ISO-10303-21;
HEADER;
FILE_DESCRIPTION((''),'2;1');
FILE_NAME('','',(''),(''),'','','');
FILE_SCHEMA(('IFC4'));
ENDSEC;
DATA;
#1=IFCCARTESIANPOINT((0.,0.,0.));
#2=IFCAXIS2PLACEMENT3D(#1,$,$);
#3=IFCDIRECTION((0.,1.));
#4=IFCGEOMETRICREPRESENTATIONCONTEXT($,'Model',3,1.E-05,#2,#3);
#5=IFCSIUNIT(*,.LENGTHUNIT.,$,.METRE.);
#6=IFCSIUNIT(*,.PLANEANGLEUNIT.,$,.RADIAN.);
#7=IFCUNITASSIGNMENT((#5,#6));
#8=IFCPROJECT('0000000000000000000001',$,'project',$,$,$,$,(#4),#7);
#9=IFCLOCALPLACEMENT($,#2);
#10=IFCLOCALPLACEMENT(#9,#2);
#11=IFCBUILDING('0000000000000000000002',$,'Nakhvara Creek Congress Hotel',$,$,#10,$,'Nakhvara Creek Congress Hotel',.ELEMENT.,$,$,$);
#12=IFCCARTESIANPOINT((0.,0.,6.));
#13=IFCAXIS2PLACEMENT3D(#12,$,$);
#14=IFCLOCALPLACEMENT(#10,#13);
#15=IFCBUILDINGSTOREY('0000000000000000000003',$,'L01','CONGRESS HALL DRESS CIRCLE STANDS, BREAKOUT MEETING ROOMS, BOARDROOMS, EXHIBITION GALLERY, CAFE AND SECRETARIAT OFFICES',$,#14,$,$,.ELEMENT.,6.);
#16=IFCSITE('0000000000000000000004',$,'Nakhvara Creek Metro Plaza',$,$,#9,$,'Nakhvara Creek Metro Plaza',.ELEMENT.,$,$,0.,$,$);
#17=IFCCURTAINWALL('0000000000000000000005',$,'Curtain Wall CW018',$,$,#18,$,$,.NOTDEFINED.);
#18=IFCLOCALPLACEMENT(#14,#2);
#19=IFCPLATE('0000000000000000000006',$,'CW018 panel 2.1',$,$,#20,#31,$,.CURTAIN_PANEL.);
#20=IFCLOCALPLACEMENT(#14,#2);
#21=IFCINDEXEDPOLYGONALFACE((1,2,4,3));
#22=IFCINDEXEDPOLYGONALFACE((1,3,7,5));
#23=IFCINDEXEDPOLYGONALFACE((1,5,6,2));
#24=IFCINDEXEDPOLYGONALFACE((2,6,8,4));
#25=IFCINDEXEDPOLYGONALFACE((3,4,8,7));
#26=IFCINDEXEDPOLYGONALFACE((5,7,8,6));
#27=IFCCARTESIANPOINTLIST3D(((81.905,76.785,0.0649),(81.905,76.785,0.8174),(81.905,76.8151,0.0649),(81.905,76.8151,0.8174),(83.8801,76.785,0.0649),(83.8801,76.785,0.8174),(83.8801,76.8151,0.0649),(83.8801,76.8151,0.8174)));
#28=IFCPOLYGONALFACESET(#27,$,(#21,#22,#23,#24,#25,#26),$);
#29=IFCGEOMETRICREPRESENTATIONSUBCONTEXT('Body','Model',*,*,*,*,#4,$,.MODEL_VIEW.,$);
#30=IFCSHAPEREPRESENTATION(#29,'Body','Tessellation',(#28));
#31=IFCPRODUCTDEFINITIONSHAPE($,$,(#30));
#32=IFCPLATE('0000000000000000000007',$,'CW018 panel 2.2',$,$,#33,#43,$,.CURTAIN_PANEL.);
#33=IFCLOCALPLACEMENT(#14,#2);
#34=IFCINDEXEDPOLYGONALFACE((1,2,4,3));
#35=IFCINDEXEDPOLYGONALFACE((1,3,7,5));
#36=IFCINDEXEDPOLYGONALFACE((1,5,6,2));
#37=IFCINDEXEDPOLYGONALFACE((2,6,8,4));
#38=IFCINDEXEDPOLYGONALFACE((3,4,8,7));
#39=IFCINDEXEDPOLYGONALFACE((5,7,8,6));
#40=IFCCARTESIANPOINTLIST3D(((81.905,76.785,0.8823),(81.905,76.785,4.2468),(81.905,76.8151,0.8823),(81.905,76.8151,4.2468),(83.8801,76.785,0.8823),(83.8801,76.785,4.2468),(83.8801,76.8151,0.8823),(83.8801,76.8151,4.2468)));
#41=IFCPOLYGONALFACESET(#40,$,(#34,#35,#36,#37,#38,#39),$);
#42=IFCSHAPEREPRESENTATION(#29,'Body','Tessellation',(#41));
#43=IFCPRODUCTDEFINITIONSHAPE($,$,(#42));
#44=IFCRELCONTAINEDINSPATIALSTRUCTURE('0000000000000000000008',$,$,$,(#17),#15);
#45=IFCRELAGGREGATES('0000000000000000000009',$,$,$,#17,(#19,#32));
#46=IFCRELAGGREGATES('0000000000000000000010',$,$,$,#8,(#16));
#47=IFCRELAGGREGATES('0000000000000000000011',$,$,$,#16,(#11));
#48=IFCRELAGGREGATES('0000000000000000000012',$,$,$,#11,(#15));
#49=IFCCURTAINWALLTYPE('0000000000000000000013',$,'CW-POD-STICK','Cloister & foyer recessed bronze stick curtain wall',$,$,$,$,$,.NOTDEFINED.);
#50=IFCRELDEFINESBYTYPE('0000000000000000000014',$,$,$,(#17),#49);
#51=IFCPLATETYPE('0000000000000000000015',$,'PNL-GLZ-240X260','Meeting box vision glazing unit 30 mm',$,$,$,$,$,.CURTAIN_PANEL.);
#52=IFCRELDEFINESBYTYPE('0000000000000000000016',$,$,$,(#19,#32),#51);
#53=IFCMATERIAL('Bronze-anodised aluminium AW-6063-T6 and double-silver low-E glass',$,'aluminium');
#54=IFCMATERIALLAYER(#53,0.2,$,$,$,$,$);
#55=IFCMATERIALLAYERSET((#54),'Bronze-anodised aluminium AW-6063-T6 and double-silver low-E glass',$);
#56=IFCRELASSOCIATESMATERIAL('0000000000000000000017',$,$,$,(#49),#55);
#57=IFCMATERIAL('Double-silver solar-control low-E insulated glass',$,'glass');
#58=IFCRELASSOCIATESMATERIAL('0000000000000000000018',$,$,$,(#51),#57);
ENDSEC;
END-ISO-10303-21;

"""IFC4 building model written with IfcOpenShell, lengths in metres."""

from ifc_helpers import new_model, si_unit, direction, frame, origin, origin_2d, place, context, subcontext, project, spatial, rectangle, extrude, material, layer, layer_set, type_object, element, aggregate, save


model = new_model("IFC4")

# Units and contexts
model_context = context("Model", 3, precision=1e-05, world=origin(), true_north=direction((0.0, 1.0)))
body_context = subcontext(model_context, "Body", "Model", "MODEL_VIEW")
ifc_project = project(units=[si_unit("LENGTHUNIT", "METRE"), si_unit("PLANEANGLEUNIT", "RADIAN")], contexts=[model_context])

# Site, building, storey
site_placement = place(None, origin())
site = spatial("IfcSite", under=ifc_project, at=site_placement, Name="Nakhvara Creek Metro Plaza", LongName="Nakhvara Creek Metro Plaza", CompositionType="ELEMENT", RefElevation=0.0)
building_placement = place(site_placement, origin())
building = spatial("IfcBuilding", under=site, at=building_placement, Name="Nakhvara Creek Congress Hotel", LongName="Nakhvara Creek Congress Hotel", CompositionType="ELEMENT")
storey_placement = place(building_placement, frame((0.0, 0.0, 6.0)))
storey = spatial("IfcBuildingStorey", under=building, at=storey_placement, Name="L01", Description="CONGRESS HALL DRESS CIRCLE STANDS, BREAKOUT MEETING ROOMS, BOARDROOMS, EXHIBITION GALLERY, CAFE AND SECRETARIAT OFFICES", CompositionType="ELEMENT", Elevation=6.0)

# Curtain wall, plates
ifc_material_1 = material(Name="Bronze-anodised aluminium AW-6063-T6 and double-silver low-E glass", Category="aluminium")
ifc_layer = layer(ifc_material_1, 0.2)
ifc_layer_set = layer_set([ifc_layer], Name="Bronze-anodised aluminium AW-6063-T6 and double-silver low-E glass")
curtain_wall_type = type_object("IfcCurtainWallType", Name="CW-POD-STICK", Description="Cloister & foyer recessed bronze stick curtain wall", PredefinedType="NOTDEFINED", material=ifc_layer_set)
curtain_wall_placement = place(storey_placement, origin())
curtain_wall = element("IfcCurtainWall", 1, at=curtain_wall_placement, inside=storey, type_object=curtain_wall_type, Name="Curtain Wall CW018", PredefinedType="NOTDEFINED")
ifc_material_2 = material(Name="Double-silver solar-control low-E insulated glass", Category="glass")
plate_type = type_object("IfcPlateType", Name="PNL-GLZ-240X260", Description="Meeting box vision glazing unit 30 mm", PredefinedType="CURTAIN_PANEL", material=ifc_material_2)
plate_1_placement = place(storey_placement, frame((82.8926, 76.8, 0.0649), z_axis=(0.0, 0.0, 1.0), x_axis=(-1.0, 0.0, 0.0)))
plate_1 = element("IfcPlate", 2, at=plate_1_placement, type_object=plate_type, Name="CW018 panel 2.1", PredefinedType="CURTAIN_PANEL", context=body_context, shape_type="SweptSolid", body=[
    extrude(rectangle(XDim=1.9751, YDim=0.03, at=origin_2d()), origin(), (0.0, 0.0, 1.0), 0.7524),
])
plate_2_placement = place(storey_placement, frame((82.8926, 76.8, 0.8823), z_axis=(0.0, 0.0, 1.0), x_axis=(-1.0, 0.0, 0.0)))
plate_2 = element("IfcPlate", 3, at=plate_2_placement, type_object=plate_type, Name="CW018 panel 2.2", PredefinedType="CURTAIN_PANEL", context=body_context, shape_type="SweptSolid", body=[
    extrude(rectangle(XDim=1.9751, YDim=0.03, at=origin_2d()), origin(), (0.0, 0.0, 1.0), 3.3645),
])
aggregate(curtain_wall, [plate_1, plate_2])

save(model, "model.ifc")
